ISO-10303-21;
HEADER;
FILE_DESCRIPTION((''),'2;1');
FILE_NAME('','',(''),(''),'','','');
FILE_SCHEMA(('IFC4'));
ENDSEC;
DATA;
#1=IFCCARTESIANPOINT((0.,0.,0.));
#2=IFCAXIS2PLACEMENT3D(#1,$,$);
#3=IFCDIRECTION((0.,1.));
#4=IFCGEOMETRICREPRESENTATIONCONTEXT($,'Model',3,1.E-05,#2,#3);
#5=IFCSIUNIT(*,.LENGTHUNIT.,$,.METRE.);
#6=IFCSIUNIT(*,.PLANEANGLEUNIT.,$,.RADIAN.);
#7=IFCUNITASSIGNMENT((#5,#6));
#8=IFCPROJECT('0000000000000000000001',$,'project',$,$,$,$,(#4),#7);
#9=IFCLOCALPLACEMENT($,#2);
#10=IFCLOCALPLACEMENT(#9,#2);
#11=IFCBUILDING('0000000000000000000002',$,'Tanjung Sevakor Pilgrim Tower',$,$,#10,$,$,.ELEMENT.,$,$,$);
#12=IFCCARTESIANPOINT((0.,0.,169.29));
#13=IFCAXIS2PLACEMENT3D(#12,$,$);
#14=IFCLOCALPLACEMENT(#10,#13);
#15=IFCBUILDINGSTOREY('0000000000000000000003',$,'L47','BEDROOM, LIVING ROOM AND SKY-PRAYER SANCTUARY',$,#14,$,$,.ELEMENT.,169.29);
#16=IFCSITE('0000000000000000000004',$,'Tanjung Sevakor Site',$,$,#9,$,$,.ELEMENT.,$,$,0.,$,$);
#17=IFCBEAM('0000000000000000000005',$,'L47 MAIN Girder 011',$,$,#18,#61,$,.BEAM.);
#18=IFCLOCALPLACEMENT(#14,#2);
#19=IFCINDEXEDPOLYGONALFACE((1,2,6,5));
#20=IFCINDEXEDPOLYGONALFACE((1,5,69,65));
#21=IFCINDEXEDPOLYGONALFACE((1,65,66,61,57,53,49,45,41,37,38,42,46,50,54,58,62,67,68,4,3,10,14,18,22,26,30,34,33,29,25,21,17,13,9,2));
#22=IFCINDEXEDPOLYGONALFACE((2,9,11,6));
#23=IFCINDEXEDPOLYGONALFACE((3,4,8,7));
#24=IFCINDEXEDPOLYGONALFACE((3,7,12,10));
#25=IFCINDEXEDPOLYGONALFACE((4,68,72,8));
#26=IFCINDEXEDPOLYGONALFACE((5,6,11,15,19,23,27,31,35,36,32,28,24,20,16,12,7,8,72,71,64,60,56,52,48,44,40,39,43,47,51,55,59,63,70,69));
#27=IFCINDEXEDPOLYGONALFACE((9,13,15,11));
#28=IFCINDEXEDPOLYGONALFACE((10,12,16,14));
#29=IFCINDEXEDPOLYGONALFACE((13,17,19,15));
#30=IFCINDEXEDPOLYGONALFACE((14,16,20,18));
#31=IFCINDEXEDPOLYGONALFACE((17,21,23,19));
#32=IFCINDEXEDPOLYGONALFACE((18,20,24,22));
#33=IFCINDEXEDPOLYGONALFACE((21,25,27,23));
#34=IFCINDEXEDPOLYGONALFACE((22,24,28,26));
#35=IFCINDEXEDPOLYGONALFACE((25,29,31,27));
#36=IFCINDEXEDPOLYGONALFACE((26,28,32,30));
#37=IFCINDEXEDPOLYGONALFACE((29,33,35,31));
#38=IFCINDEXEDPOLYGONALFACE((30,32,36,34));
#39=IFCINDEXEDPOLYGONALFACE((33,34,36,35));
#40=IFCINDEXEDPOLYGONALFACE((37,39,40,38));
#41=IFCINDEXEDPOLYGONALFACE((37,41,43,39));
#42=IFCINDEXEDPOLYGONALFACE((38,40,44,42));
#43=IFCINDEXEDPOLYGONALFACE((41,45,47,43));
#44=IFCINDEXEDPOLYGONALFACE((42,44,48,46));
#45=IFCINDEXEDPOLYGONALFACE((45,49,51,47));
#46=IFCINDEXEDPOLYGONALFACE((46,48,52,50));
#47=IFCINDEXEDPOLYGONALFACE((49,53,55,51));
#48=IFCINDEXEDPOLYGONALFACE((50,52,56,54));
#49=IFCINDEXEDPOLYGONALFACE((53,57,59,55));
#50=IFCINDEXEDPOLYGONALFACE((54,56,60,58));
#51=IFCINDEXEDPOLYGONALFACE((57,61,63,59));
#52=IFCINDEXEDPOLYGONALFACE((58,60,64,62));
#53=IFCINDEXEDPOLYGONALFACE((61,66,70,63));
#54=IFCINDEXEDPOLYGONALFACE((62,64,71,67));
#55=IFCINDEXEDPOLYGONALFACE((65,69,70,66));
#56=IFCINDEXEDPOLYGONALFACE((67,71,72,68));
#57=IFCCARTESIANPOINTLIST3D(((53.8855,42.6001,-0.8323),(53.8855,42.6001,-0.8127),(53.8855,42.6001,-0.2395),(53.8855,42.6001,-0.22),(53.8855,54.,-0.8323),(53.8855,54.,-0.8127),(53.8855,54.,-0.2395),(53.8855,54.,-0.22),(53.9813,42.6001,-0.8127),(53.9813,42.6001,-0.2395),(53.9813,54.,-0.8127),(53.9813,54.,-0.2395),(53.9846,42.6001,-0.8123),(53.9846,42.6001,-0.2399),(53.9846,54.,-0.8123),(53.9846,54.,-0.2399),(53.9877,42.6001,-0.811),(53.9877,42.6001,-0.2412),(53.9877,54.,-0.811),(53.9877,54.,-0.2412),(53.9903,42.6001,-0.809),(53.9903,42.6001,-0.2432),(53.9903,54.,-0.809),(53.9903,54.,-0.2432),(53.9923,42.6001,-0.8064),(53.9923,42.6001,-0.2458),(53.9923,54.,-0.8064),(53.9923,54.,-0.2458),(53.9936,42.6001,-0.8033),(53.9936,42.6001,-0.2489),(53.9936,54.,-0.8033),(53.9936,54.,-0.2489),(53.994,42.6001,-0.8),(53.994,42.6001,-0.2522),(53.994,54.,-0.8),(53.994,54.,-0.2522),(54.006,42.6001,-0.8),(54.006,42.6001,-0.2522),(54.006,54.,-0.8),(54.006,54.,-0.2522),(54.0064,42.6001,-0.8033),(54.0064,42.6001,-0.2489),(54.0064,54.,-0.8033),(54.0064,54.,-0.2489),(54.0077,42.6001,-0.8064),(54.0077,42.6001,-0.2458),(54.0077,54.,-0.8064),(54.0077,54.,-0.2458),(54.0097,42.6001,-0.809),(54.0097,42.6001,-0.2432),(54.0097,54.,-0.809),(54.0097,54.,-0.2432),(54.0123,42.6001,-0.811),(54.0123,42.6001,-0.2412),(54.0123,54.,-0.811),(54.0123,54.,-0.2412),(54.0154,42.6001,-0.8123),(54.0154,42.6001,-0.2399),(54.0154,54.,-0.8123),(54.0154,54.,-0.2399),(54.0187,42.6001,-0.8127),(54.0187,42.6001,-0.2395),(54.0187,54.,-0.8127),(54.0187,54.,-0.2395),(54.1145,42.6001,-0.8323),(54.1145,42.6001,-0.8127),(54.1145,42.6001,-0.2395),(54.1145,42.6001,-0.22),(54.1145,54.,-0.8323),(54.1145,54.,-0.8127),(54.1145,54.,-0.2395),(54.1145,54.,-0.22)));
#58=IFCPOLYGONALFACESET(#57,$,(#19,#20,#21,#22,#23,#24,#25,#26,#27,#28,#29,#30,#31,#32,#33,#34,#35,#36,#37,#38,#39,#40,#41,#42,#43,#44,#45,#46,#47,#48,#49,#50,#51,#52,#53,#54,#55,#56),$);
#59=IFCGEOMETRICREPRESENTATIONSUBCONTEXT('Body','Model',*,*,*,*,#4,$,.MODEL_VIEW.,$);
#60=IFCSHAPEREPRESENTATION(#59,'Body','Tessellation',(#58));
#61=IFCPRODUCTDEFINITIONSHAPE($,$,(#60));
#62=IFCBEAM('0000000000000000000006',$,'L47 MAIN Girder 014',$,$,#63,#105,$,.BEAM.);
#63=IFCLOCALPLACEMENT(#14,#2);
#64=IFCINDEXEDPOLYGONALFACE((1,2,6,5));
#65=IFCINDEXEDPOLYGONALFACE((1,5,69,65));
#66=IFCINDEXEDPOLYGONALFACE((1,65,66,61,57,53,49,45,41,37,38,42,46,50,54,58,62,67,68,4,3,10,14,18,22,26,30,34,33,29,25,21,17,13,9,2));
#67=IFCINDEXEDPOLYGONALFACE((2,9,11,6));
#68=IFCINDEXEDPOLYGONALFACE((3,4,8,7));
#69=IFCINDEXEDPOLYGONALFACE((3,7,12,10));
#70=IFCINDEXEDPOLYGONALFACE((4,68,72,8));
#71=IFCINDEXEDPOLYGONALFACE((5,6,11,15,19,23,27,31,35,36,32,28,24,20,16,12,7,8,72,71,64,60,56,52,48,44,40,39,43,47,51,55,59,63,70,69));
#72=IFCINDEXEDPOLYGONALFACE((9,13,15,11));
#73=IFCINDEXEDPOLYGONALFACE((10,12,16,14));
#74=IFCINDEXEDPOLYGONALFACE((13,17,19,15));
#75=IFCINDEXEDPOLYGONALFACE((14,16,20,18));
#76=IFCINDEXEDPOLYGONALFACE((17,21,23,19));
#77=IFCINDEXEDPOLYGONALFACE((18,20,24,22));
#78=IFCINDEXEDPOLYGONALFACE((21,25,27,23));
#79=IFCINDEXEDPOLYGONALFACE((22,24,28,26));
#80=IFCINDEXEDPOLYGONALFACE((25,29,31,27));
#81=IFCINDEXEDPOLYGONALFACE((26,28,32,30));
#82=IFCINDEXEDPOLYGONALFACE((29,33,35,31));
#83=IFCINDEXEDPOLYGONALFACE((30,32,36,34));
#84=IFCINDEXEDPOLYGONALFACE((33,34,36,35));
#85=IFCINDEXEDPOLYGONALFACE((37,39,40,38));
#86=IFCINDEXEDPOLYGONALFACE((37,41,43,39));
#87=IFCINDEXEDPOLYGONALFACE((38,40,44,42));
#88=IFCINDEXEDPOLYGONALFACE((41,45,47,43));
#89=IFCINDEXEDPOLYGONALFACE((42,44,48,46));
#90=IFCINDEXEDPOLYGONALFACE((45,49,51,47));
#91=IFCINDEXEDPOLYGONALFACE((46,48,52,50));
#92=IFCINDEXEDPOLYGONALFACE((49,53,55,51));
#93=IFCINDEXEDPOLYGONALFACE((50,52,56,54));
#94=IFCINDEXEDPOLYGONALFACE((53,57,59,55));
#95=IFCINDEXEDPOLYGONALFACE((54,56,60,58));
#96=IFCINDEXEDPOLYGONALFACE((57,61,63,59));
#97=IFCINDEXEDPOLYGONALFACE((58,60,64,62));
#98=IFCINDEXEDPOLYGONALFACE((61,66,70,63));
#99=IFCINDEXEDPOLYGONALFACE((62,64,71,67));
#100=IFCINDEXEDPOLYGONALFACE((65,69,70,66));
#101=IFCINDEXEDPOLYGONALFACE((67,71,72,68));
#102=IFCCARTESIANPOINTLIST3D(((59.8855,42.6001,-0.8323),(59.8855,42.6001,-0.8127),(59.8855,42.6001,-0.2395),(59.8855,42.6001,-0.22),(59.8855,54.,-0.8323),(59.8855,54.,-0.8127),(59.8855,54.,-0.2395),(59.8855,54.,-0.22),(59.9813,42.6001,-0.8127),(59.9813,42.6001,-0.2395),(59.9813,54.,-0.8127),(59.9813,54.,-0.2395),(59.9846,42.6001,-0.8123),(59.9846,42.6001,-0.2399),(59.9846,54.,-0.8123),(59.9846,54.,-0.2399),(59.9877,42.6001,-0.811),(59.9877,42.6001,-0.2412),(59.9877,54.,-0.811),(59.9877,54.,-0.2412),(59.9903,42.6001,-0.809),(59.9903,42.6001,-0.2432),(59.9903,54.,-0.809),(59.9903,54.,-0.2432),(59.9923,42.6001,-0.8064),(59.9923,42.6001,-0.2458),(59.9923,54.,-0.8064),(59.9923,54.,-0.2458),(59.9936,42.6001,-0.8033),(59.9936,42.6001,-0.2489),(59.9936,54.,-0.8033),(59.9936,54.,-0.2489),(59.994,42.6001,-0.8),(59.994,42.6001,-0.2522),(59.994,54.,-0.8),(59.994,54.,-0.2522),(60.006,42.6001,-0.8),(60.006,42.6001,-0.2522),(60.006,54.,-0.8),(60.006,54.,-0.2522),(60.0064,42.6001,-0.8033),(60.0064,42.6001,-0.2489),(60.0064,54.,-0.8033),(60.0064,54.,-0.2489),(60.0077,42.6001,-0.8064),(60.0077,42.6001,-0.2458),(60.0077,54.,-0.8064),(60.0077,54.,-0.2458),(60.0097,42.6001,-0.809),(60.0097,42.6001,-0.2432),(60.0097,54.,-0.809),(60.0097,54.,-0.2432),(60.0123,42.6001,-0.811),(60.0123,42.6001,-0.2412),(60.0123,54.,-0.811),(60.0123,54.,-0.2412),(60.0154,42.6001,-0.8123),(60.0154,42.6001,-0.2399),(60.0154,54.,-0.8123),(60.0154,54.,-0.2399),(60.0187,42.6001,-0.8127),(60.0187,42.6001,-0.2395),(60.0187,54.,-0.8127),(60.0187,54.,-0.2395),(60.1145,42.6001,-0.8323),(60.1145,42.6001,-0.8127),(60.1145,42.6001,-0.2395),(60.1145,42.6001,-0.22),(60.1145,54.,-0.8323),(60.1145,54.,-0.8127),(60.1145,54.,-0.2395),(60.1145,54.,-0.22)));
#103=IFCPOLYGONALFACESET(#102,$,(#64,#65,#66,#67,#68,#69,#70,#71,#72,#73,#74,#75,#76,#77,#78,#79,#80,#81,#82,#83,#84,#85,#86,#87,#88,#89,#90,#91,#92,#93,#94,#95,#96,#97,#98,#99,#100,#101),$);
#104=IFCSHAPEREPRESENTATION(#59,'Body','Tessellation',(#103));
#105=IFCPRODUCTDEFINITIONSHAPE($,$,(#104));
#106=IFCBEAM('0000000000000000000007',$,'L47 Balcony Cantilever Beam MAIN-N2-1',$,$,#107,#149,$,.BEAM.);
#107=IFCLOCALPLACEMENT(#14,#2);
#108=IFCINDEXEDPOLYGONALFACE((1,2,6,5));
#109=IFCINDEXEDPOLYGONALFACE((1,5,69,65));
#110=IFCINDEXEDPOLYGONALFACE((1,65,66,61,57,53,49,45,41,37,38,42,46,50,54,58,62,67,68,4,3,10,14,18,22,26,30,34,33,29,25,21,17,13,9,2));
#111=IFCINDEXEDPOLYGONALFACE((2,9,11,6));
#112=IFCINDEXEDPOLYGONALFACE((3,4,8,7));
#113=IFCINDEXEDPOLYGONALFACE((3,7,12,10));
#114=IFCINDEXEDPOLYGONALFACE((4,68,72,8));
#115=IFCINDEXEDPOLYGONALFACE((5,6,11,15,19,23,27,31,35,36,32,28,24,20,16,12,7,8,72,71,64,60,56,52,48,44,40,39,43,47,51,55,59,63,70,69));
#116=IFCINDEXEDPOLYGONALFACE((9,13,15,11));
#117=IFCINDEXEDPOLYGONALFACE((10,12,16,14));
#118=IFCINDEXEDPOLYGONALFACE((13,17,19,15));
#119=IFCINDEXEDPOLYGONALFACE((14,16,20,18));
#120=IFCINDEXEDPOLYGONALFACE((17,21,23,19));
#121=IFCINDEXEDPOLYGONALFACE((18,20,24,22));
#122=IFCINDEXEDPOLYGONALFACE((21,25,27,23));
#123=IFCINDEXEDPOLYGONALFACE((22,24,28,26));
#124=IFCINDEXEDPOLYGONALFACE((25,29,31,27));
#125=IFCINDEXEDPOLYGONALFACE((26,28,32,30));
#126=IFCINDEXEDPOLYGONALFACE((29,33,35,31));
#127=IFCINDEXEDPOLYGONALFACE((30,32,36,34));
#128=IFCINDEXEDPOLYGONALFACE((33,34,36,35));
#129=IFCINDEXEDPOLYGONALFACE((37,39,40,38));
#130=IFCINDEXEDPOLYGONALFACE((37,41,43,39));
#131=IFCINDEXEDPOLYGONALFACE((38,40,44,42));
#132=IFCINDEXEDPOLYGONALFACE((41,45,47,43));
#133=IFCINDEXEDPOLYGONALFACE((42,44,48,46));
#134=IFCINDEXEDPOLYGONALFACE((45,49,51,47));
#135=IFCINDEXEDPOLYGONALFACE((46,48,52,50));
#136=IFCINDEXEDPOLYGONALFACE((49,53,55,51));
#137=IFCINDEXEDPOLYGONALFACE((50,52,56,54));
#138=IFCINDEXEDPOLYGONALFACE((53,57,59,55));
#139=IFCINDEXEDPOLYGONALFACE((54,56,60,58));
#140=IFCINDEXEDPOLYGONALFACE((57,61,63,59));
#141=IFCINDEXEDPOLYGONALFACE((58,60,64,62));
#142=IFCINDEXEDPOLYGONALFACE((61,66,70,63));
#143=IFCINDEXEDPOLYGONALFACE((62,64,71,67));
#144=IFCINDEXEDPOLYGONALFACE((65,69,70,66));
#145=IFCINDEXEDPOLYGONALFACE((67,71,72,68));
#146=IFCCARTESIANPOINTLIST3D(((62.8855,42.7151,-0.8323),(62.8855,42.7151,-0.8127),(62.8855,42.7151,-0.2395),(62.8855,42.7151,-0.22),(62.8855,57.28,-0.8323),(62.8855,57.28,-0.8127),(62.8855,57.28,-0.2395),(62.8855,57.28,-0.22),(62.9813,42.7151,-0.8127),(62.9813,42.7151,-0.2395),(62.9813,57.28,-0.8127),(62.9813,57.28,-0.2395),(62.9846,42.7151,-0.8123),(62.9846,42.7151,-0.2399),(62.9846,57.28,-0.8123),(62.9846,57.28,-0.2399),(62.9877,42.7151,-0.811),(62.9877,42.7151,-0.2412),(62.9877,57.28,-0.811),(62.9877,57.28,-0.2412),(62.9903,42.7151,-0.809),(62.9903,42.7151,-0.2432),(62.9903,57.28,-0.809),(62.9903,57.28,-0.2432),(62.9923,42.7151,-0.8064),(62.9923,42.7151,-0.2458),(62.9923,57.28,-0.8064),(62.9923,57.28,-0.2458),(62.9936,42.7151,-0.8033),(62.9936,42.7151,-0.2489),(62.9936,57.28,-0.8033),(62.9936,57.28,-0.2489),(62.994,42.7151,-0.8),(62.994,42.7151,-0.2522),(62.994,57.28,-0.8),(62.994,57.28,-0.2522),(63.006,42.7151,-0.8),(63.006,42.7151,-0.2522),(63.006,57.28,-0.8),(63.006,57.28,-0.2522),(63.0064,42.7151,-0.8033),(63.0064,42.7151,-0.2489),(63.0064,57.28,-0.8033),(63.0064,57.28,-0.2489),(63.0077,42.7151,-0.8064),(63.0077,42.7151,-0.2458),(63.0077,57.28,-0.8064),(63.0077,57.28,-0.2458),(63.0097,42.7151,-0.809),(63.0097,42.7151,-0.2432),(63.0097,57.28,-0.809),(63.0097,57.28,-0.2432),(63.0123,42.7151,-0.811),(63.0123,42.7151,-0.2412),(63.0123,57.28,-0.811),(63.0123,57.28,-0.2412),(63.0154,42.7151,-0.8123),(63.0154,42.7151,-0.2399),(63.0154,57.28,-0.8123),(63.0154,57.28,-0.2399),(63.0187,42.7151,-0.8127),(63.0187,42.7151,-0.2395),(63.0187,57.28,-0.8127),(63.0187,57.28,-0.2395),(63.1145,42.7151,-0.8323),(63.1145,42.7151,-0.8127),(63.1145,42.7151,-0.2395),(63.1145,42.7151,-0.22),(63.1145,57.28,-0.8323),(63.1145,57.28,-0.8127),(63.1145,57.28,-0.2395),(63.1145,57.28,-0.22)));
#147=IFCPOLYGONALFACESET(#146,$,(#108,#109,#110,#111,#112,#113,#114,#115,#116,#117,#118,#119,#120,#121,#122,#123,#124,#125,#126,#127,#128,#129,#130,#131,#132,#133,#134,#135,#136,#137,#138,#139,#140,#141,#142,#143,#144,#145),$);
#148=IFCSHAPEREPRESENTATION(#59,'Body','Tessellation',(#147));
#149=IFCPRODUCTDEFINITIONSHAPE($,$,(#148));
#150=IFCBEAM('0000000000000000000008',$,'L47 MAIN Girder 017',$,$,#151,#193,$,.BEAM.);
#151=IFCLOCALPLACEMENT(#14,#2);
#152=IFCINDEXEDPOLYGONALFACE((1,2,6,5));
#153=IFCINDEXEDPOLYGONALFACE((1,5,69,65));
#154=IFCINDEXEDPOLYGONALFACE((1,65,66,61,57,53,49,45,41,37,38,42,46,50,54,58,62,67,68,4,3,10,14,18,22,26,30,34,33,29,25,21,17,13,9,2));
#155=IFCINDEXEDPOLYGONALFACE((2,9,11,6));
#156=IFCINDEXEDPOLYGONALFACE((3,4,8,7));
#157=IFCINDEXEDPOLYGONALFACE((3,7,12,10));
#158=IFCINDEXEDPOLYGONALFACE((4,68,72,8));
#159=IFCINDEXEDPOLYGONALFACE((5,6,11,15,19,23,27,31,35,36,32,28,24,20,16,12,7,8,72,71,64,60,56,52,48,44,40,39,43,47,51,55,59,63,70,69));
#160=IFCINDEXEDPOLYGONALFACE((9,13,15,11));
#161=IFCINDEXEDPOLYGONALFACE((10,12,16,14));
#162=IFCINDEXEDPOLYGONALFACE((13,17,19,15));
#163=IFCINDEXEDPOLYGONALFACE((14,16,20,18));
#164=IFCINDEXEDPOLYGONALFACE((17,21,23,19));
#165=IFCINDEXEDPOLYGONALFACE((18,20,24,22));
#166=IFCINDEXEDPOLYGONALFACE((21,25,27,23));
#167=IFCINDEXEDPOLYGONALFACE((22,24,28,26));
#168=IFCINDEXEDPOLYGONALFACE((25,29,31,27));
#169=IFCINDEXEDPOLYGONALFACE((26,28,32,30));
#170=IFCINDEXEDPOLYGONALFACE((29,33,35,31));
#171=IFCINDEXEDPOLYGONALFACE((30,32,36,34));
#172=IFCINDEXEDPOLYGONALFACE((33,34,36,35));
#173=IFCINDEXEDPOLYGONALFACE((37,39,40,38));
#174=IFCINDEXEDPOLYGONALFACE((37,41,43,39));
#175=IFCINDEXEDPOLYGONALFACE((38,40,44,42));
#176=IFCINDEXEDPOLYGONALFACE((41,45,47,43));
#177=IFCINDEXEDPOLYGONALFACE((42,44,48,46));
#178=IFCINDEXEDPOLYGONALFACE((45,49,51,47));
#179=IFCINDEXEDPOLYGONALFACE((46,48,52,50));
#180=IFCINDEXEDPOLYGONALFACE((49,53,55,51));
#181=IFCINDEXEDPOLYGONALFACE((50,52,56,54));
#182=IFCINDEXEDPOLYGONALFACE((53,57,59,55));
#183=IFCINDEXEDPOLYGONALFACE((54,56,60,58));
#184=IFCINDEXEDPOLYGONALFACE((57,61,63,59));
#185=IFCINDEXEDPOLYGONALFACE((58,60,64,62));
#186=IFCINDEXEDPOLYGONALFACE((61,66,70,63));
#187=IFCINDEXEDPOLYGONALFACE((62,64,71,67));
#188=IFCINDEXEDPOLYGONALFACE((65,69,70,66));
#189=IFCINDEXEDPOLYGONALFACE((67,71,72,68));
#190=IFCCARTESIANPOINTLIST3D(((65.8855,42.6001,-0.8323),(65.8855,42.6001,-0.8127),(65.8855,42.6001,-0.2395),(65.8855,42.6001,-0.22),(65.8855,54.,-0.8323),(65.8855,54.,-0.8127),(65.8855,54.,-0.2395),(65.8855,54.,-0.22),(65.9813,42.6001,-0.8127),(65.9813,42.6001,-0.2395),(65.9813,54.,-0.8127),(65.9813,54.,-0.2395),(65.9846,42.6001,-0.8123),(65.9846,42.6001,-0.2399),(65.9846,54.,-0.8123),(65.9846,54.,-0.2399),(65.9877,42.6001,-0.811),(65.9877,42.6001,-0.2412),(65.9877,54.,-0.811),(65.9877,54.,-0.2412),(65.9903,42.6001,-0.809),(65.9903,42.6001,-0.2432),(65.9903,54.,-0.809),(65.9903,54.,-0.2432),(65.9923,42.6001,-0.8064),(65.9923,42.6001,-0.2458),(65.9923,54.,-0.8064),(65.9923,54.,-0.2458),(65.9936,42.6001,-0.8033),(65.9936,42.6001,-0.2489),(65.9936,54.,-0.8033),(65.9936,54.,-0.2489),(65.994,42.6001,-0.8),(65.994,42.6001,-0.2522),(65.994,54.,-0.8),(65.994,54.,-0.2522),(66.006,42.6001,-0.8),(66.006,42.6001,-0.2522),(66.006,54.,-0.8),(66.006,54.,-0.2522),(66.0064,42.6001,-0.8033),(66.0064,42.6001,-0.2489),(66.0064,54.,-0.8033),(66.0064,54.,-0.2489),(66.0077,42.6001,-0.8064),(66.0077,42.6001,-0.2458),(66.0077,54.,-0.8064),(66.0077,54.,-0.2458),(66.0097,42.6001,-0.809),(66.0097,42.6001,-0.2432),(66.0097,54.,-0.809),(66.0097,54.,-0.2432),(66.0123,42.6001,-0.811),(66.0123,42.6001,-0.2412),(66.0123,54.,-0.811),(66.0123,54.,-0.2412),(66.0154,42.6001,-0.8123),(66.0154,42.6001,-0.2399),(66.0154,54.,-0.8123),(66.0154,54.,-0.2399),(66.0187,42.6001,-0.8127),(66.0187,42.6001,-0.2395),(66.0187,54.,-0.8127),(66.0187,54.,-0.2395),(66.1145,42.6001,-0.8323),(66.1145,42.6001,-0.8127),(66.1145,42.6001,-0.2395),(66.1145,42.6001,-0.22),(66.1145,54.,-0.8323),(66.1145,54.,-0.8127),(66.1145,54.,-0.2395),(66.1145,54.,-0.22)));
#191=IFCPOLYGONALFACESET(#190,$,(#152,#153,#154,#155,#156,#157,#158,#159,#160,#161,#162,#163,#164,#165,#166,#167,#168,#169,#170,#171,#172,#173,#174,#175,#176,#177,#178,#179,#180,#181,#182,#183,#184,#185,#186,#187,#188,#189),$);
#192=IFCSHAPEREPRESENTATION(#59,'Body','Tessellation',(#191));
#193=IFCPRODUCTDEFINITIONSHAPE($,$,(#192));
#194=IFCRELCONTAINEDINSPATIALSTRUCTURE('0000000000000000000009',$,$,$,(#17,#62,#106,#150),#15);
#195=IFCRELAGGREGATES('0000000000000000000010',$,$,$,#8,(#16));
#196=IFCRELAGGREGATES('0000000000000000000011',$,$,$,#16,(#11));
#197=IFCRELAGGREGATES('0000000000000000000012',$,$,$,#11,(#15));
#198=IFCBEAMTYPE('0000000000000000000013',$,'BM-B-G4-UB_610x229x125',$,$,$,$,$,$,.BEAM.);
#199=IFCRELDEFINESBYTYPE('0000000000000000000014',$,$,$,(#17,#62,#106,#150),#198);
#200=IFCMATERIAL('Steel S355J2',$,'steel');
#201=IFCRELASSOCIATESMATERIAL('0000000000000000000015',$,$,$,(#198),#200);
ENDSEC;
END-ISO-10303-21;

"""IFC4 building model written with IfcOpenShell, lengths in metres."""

from ifc_helpers import new_model, si_unit, direction, frame, origin, origin_2d, place, context, subcontext, project, spatial, i_section, extrude, material, material_profile, profile_set, type_object, element, save


model = new_model("IFC4")

# Units and contexts
model_context = context("Model", 3, precision=1e-05, world=origin(), true_north=direction((0.0, 1.0)))
body_context = subcontext(model_context, "Body", "Model", "MODEL_VIEW")
ifc_project = project(units=[si_unit("LENGTHUNIT", "METRE"), si_unit("PLANEANGLEUNIT", "RADIAN")], contexts=[model_context])

# Site, building, storey
site_placement = place(None, origin())
site = spatial("IfcSite", under=ifc_project, at=site_placement, Name="Tanjung Sevakor Site", CompositionType="ELEMENT", RefElevation=0.0)
building_placement = place(site_placement, origin())
building = spatial("IfcBuilding", under=site, at=building_placement, Name="Tanjung Sevakor Pilgrim Tower", CompositionType="ELEMENT")
storey_placement = place(building_placement, frame((0.0, 0.0, 169.29)))
storey = spatial("IfcBuildingStorey", under=building, at=storey_placement, Name="L47", Description="BEDROOM, LIVING ROOM AND SKY-PRAYER SANCTUARY", CompositionType="ELEMENT", Elevation=169.29)

# Beams
ifc_material_1 = material(Name="Steel S355J2", Category="steel")
ifc_material_profile_1 = material_profile(ifc_material_1, i_section(OverallWidth=0.229, OverallDepth=0.6123, WebThickness=0.012, FlangeThickness=0.0195, FilletRadius=0.0127, at=origin_2d()))
ifc_profile_set_1 = profile_set([ifc_material_profile_1], Name="Steel S355J2")
beam_type_1 = type_object("IfcBeamType", Name="BM-B-G4-UB_610x229x125", PredefinedType="BEAM", material=ifc_profile_set_1)
for number, where, z_axis, x_axis, name in (
    (1, (54.0, 42.6001, -0.5261), (0.0, 1.0, 0.0), (-1.0, 0.0, 0.0), "L47 MAIN Girder 011"),
    (2, (60.0, 42.6001, -0.5261), (0.0, 1.0, 0.0), (-1.0, 0.0, 0.0), "L47 MAIN Girder 014"),
):
    element("IfcBeam", number, at=place(storey_placement, frame(where, z_axis=z_axis, x_axis=x_axis)), inside=storey, type_object=beam_type_1, Name=name, PredefinedType="BEAM", context=body_context, shape_type="SweptSolid", body=[
        extrude(i_section(OverallWidth=0.229, OverallDepth=0.6123, WebThickness=0.012, FlangeThickness=0.0195, FilletRadius=0.0127, at=origin_2d()), origin(), (0.0, 0.0, 1.0), 11.3999),
    ])
beam_1_placement = place(storey_placement, frame((63.0, 42.7151, -0.5261), z_axis=(0.0, 1.0, 0.0), x_axis=(-1.0, 0.0, 0.0)))
element("IfcBeam", 3, at=beam_1_placement, inside=storey, type_object=beam_type_1, Name="L47 Balcony Cantilever Beam MAIN-N2-1", PredefinedType="BEAM", context=body_context, shape_type="SweptSolid", body=[
    extrude(i_section(OverallWidth=0.229, OverallDepth=0.6123, WebThickness=0.012, FlangeThickness=0.0195, FilletRadius=0.0127, at=origin_2d()), origin(), (0.0, 0.0, 1.0), 14.5649),
])
beam_2_placement = place(storey_placement, frame((66.0, 42.6001, -0.5261), z_axis=(0.0, 1.0, 0.0), x_axis=(-1.0, 0.0, 0.0)))
element("IfcBeam", 4, at=beam_2_placement, inside=storey, type_object=beam_type_1, Name="L47 MAIN Girder 017", PredefinedType="BEAM", context=body_context, shape_type="SweptSolid", body=[
    extrude(i_section(OverallWidth=0.229, OverallDepth=0.6123, WebThickness=0.012, FlangeThickness=0.0195, FilletRadius=0.0127, at=origin_2d()), origin(), (0.0, 0.0, 1.0), 11.3999),
])

save(model, "model.ifc")
